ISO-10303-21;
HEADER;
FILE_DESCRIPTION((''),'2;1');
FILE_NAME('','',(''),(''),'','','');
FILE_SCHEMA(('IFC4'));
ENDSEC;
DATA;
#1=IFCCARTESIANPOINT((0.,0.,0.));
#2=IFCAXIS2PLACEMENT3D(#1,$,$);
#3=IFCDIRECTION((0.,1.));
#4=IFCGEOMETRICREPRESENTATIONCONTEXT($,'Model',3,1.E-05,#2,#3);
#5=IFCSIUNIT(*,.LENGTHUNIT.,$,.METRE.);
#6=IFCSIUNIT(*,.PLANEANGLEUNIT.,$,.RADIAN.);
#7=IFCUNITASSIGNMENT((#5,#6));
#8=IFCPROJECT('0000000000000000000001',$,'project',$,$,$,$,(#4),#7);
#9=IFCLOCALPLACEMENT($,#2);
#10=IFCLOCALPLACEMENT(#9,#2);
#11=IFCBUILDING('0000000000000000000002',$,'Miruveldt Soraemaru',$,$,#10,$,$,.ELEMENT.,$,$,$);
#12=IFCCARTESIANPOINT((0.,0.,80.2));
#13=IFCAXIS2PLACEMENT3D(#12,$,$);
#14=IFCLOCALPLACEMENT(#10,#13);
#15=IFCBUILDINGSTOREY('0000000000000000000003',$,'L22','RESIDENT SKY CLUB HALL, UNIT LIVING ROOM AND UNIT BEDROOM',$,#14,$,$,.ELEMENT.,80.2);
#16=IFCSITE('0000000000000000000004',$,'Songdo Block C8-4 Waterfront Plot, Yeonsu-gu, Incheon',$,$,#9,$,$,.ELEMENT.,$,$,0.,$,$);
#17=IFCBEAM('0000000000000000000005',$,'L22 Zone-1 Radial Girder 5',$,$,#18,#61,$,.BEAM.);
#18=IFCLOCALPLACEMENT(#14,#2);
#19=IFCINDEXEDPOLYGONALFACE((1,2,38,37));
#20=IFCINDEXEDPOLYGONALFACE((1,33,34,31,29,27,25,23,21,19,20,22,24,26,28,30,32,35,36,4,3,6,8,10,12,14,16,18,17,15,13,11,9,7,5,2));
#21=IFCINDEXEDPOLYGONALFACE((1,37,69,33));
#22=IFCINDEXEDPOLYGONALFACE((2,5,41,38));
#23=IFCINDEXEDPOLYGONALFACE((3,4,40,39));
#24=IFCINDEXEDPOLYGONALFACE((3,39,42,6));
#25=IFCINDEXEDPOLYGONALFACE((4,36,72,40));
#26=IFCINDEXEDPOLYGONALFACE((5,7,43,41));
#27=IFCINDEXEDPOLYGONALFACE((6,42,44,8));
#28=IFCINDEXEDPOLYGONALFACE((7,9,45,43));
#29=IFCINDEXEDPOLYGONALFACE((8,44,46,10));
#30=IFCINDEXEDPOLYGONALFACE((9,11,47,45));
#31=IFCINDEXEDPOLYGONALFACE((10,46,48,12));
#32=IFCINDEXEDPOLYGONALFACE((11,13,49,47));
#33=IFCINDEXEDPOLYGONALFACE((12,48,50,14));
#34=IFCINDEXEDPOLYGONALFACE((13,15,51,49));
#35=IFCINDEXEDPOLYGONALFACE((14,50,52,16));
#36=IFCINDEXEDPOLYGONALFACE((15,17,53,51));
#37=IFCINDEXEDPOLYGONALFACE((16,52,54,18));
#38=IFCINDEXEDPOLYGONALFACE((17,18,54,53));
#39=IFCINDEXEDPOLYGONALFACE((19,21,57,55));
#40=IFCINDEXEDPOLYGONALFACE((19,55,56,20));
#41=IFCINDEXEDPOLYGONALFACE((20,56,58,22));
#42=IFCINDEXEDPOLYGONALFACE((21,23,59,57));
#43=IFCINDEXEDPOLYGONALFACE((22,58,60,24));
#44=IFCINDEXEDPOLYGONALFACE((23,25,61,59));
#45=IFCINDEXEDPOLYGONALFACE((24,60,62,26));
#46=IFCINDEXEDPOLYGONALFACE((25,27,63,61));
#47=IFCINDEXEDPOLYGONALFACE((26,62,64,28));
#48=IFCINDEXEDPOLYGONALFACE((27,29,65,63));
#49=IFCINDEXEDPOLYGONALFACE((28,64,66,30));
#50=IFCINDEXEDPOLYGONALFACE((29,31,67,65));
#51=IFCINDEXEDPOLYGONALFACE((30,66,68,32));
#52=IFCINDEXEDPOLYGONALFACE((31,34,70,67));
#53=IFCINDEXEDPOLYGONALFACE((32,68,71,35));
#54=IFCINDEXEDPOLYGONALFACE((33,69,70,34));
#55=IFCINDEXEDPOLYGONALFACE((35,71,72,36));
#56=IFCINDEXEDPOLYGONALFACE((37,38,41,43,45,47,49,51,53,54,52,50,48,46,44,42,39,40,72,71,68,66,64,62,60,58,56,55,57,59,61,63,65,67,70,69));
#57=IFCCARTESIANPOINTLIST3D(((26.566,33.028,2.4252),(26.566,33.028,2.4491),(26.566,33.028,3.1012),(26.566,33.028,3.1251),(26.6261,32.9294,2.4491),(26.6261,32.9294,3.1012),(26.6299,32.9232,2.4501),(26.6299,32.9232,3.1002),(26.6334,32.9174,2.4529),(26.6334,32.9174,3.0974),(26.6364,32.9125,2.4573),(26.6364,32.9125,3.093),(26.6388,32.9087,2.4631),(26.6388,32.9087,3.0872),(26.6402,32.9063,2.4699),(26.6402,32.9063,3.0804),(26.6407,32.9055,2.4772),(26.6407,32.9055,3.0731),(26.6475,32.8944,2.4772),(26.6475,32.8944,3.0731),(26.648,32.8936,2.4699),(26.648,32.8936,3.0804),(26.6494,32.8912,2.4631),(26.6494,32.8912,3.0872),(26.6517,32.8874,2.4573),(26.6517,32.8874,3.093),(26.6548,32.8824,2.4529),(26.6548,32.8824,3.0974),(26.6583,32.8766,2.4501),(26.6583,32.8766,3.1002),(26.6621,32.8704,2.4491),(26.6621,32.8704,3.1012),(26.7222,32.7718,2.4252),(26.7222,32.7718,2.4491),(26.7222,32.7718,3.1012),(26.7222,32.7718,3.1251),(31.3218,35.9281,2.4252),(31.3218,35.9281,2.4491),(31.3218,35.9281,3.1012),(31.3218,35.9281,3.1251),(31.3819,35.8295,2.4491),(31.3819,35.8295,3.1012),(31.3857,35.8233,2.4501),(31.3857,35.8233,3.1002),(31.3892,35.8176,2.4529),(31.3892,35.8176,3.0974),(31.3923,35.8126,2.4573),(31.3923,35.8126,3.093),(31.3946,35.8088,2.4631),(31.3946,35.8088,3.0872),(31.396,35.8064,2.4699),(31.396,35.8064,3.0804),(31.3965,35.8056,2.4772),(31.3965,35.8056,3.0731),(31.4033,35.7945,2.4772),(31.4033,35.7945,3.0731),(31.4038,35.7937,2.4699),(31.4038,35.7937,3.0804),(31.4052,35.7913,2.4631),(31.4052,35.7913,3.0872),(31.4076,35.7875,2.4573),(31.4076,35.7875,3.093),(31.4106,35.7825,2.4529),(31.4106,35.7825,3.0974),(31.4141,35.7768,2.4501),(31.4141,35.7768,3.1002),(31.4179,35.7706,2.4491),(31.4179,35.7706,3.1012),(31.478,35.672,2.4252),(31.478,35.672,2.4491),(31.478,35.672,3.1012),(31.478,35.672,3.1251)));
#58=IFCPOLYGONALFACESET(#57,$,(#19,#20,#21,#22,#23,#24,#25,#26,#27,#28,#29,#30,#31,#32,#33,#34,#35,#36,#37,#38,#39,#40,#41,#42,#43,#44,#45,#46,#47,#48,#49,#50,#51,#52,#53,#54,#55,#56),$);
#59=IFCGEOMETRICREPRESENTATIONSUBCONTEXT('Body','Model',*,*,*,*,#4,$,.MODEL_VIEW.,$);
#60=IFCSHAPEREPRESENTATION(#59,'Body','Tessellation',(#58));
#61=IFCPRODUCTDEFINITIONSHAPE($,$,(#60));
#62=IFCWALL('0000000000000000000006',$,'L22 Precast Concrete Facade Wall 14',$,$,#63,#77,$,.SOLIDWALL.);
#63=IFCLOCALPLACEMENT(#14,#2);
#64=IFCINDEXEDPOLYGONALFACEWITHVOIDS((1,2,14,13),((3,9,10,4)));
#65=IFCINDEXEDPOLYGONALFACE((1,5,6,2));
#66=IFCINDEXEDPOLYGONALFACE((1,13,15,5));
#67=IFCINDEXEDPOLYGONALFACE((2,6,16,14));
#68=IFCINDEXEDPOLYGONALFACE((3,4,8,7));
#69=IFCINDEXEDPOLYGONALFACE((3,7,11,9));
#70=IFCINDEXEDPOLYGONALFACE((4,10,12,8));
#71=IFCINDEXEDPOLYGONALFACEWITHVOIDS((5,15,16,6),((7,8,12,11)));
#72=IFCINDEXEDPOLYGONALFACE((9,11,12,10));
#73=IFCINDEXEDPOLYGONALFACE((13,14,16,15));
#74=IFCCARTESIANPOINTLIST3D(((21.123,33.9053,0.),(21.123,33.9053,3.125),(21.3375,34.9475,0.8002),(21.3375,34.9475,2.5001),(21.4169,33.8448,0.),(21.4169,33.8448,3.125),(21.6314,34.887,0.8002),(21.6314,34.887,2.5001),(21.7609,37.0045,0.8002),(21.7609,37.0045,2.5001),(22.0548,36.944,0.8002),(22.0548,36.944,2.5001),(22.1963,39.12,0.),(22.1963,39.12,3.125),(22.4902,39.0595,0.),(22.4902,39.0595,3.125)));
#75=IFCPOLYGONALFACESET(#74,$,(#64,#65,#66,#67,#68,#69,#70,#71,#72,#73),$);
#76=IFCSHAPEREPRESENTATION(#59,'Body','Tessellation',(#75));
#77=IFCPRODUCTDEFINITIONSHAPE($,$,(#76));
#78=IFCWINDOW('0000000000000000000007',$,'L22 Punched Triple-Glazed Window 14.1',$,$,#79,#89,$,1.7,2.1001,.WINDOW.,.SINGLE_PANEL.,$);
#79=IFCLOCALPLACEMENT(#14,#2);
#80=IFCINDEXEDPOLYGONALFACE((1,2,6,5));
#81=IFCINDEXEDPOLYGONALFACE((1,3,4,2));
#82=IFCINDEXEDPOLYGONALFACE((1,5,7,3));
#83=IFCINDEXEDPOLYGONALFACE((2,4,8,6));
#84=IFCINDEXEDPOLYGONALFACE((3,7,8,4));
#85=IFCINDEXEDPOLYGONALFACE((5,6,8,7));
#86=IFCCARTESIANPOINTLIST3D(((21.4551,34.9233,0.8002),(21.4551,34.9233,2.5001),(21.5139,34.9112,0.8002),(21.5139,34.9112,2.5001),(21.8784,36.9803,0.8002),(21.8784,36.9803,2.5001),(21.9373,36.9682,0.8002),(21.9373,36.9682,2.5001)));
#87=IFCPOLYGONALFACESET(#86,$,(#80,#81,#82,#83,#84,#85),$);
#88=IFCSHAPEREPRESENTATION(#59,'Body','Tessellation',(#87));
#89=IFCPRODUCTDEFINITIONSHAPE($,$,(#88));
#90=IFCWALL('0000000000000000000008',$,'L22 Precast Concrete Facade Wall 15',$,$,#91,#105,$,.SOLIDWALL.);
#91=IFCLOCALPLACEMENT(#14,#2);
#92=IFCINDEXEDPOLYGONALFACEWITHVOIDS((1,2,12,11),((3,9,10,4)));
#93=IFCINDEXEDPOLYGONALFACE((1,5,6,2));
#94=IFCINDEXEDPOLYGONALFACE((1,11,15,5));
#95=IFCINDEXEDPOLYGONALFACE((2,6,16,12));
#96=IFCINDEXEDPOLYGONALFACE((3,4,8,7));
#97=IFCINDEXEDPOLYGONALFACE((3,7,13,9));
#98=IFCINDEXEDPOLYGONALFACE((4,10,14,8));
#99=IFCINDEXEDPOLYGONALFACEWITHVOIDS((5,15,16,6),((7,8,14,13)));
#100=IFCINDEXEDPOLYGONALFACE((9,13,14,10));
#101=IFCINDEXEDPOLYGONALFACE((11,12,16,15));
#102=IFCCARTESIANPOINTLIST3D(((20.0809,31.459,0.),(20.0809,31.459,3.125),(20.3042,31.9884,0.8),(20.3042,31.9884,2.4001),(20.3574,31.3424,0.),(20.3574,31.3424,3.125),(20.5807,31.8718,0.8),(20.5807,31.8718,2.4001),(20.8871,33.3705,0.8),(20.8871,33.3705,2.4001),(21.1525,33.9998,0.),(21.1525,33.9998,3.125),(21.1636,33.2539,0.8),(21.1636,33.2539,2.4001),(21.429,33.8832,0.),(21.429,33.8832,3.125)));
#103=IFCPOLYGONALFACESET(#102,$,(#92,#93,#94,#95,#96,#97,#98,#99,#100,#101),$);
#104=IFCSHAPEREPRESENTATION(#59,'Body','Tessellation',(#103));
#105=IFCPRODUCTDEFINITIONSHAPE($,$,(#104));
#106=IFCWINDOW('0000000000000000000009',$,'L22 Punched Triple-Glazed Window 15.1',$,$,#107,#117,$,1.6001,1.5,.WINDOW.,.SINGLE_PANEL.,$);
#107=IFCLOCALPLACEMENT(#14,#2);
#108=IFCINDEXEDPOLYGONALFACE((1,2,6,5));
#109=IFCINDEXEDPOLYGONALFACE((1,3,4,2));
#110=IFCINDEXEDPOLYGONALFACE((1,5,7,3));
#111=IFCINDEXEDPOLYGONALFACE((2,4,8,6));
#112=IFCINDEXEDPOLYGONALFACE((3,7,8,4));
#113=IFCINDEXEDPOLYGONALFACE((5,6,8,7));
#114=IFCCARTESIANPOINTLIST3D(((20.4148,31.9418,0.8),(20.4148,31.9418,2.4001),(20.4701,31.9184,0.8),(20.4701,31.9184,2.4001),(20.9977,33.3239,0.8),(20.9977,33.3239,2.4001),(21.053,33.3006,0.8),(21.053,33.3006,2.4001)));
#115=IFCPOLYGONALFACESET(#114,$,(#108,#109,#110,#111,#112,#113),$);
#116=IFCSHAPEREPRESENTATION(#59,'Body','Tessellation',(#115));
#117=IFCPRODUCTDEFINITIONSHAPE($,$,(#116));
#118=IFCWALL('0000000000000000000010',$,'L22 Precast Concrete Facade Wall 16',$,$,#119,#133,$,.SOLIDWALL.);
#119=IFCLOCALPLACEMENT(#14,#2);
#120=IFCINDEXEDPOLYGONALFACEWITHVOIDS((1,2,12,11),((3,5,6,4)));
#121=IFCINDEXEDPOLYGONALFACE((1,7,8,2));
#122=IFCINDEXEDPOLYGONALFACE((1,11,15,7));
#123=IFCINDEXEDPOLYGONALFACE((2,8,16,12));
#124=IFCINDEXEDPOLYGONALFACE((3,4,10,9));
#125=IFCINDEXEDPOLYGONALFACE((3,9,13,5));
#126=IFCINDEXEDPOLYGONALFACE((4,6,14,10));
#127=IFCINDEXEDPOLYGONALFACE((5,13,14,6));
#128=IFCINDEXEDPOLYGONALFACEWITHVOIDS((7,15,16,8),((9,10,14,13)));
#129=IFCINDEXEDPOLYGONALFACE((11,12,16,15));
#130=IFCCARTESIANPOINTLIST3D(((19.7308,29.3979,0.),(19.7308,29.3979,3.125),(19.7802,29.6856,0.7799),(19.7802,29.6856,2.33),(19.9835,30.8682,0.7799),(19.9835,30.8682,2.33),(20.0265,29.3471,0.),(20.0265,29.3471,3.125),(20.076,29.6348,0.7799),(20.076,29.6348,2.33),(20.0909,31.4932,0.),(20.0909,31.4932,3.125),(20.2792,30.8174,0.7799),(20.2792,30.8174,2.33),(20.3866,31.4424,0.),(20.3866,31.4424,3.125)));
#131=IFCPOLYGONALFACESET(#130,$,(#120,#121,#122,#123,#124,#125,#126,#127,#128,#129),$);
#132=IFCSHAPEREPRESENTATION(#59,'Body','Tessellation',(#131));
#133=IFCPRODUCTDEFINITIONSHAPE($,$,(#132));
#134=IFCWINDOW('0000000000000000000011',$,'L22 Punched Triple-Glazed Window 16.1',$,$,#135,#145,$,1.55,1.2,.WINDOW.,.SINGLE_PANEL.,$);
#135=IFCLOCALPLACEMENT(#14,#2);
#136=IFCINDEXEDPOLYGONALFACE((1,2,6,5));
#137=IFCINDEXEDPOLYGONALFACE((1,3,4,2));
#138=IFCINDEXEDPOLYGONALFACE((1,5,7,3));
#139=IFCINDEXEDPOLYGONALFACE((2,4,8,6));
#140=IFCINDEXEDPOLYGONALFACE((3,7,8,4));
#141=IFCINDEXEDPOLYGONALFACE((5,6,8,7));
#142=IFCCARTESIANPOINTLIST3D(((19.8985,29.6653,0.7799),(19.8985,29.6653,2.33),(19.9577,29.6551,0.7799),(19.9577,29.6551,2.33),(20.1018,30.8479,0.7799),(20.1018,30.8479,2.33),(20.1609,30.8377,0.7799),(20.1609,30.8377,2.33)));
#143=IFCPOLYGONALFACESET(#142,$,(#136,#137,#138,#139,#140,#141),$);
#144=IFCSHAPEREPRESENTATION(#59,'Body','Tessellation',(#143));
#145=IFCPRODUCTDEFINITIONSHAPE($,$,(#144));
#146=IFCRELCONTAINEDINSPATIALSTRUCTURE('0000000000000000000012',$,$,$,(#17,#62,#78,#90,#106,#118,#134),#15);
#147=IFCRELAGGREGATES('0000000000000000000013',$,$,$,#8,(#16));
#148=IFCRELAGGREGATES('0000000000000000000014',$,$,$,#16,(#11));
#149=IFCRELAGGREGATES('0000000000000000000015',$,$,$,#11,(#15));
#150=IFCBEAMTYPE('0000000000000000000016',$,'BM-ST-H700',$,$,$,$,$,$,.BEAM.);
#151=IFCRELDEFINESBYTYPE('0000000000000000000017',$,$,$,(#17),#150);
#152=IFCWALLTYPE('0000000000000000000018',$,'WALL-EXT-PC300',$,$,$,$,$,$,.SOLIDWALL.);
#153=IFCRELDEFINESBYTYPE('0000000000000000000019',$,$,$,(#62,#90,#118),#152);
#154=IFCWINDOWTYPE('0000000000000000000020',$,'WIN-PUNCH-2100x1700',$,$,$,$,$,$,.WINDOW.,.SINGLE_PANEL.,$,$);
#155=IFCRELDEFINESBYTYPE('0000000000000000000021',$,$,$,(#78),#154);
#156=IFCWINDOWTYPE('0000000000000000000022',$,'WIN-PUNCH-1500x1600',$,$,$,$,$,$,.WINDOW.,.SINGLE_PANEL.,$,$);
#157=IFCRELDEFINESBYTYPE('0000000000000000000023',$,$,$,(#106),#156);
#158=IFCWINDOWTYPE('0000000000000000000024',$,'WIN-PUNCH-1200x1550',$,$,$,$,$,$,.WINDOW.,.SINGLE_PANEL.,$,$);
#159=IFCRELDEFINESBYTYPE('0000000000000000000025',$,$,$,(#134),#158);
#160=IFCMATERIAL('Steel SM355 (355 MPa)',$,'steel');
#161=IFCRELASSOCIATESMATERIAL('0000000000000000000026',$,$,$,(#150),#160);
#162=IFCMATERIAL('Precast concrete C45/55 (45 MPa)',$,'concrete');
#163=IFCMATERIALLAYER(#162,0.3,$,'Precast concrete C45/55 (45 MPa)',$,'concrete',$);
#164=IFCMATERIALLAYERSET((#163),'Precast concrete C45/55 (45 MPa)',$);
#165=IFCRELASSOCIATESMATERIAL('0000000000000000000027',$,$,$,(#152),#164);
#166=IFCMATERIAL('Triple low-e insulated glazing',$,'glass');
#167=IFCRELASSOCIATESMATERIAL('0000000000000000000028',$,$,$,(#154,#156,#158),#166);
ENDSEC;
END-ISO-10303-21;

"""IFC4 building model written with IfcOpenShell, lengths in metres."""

from ifc_helpers import new_model, si_unit, direction, frame, frame_2d, origin, origin_2d, place, context, subcontext, project, spatial, rectangle, i_section, extrude, material, layer, layer_set, material_profile, profile_set, type_object, element, fill, save


model = new_model("IFC4")

# Units and contexts
model_context = context("Model", 3, precision=1e-05, world=origin(), true_north=direction((0.0, 1.0)))
body_context = subcontext(model_context, "Body", "Model", "MODEL_VIEW")
ifc_project = project(units=[si_unit("LENGTHUNIT", "METRE"), si_unit("PLANEANGLEUNIT", "RADIAN")], contexts=[model_context])

# Site, building, storey
site_placement = place(None, origin())
site = spatial("IfcSite", under=ifc_project, at=site_placement, Name="Songdo Block C8-4 Waterfront Plot, Yeonsu-gu, Incheon", CompositionType="ELEMENT", RefElevation=0.0)
building_placement = place(site_placement, origin())
building = spatial("IfcBuilding", under=site, at=building_placement, Name="Miruveldt Soraemaru", CompositionType="ELEMENT")
storey_placement = place(building_placement, frame((0.0, 0.0, 80.2)))
storey = spatial("IfcBuildingStorey", under=building, at=storey_placement, Name="L22", Description="RESIDENT SKY CLUB HALL, UNIT LIVING ROOM AND UNIT BEDROOM", CompositionType="ELEMENT", Elevation=80.2)

# Beam
ifc_material_1 = material(Name="Steel SM355 (355 MPa)", Category="steel")
ifc_material_profile_1 = material_profile(ifc_material_1, i_section(OverallWidth=0.3, OverallDepth=0.7, WebThickness=0.0129, FlangeThickness=0.0239, FilletRadius=0.0281, at=origin_2d()), Name="Steel SM355 (355 MPa)", Category="steel")
ifc_profile_set_1 = profile_set([ifc_material_profile_1], Name="Steel SM355 (355 MPa)")
beam_type_1 = type_object("IfcBeamType", Name="BM-ST-H700", PredefinedType="BEAM", material=ifc_profile_set_1)
beam_1_placement = place(storey_placement, frame((31.3999, 35.8, 2.7751), z_axis=(-0.853778, -0.520638, 0.0), x_axis=(0.520638, -0.853778, 0.0)))
element("IfcBeam", 1, at=beam_1_placement, inside=storey, type_object=beam_type_1, Name="L22 Zone-1 Radial Girder 5", PredefinedType="BEAM", context=body_context, shape_type="SweptSolid", body=[
    extrude(i_section(OverallWidth=0.3, OverallDepth=0.7, WebThickness=0.0129, FlangeThickness=0.0239, FilletRadius=0.0281, at=origin_2d()), origin(), (0.0, 0.0, 1.0), 5.5703),
])

# Walls, openings, windows
ifc_material_2 = material(Name="Precast concrete C45/55 (45 MPa)", Category="concrete")
ifc_layer_1 = layer(ifc_material_2, 0.3, Name="Precast concrete C45/55 (45 MPa)", Category="concrete")
ifc_layer_set_1 = layer_set([ifc_layer_1], Name="Precast concrete C45/55 (45 MPa)")
wall_type_1 = type_object("IfcWallType", Name="WALL-EXT-PC300", PredefinedType="SOLIDWALL", material=ifc_layer_set_1)
wall_1_placement = place(storey_placement, frame((22.3433, 39.0898, 0.0), z_axis=(0.0, 0.0, 1.0), x_axis=(-0.20159, -0.97947, 0.0)))
wall_1 = element("IfcWall", 2, at=wall_1_placement, inside=storey, type_object=wall_type_1, Name="L22 Precast Concrete Facade Wall 14", PredefinedType="SOLIDWALL", context=body_context, shape_type="SweptSolid", body=[
    extrude(rectangle(XDim=5.324, YDim=0.3, at=frame_2d((2.6621, 0.0))), origin(), (0.0, 0.0, 1.0), 3.125),
])
opening_1_placement = place(wall_1_placement, frame((2.1599, 0.0, 0.8)))
opening_1 = element("IfcOpeningElement", 3, at=opening_1_placement, cuts=wall_1, PredefinedType="OPENING", context=body_context, shape_type="SweptSolid", body=[
    extrude(rectangle(XDim=2.1001, YDim=1.7, at=frame_2d((1.05, 0.8501))), frame((0.0, 0.1602, 0.0), z_axis=(0.0, -1.0, 0.0), x_axis=(1.0, 0.0, 0.0)), (0.0, 0.0, 1.0), 0.3201),
])
ifc_material_3 = material(Name="Triple low-e insulated glazing", Category="glass")
window_type_1 = type_object("IfcWindowType", Name="WIN-PUNCH-2100x1700", PartitioningType="SINGLE_PANEL", PredefinedType="WINDOW", material=ifc_material_3)
window_1_placement = place(opening_1_placement, origin())
window_1 = element("IfcWindow", 4, at=window_1_placement, inside=storey, type_object=window_type_1, Name="L22 Punched Triple-Glazed Window 14.1", OverallHeight=1.7, OverallWidth=2.1001, PartitioningType="SINGLE_PANEL", PredefinedType="WINDOW", context=body_context, shape_type="SweptSolid", body=[
    extrude(rectangle(XDim=2.1001, YDim=1.7, at=frame_2d((1.05, 0.8501))), frame((0.0, 0.03, 0.0), z_axis=(0.0, -1.0, 0.0), x_axis=(1.0, 0.0, 0.0)), (0.0, 0.0, 1.0), 0.0601),
])
fill(opening_1, window_1)
wall_2_placement = place(storey_placement, frame((21.2908, 33.9417, 0.0), z_axis=(0.0, 0.0, 1.0), x_axis=(-0.388591, -0.92141, 0.0)))
wall_2 = element("IfcWall", 5, at=wall_2_placement, inside=storey, type_object=wall_type_1, Name="L22 Precast Concrete Facade Wall 15", PredefinedType="SOLIDWALL", context=body_context, shape_type="SweptSolid", body=[
    extrude(rectangle(XDim=2.7576, YDim=0.3, at=frame_2d((1.3789, 0.0))), origin(), (0.0, 0.0, 1.0), 3.125),
])
opening_2_placement = place(wall_2_placement, frame((0.6831, 0.0, 0.8)))
opening_2 = element("IfcOpeningElement", 6, at=opening_2_placement, cuts=wall_2, PredefinedType="OPENING", context=body_context, shape_type="SweptSolid", body=[
    extrude(rectangle(XDim=1.5, YDim=1.6001, at=frame_2d((0.75, 0.8))), frame((0.0, 0.1602, 0.0), z_axis=(0.0, -1.0, 0.0), x_axis=(1.0, 0.0, 0.0)), (0.0, 0.0, 1.0), 0.3201),
])
window_type_2 = type_object("IfcWindowType", Name="WIN-PUNCH-1500x1600", PartitioningType="SINGLE_PANEL", PredefinedType="WINDOW", material=ifc_material_3)
window_2_placement = place(opening_2_placement, origin())
window_2 = element("IfcWindow", 7, at=window_2_placement, inside=storey, type_object=window_type_2, Name="L22 Punched Triple-Glazed Window 15.1", OverallHeight=1.6001, OverallWidth=1.5, PartitioningType="SINGLE_PANEL", PredefinedType="WINDOW", context=body_context, shape_type="SweptSolid", body=[
    extrude(rectangle(XDim=1.5, YDim=1.6001, at=frame_2d((0.75, 0.8))), frame((0.0, 0.03, 0.0), z_axis=(0.0, -1.0, 0.0), x_axis=(1.0, 0.0, 0.0)), (0.0, 0.0, 1.0), 0.0601),
])
fill(opening_2, window_2)
wall_3_placement = place(storey_placement, frame((20.2388, 31.4678, 0.0), z_axis=(0.0, 0.0, 1.0), x_axis=(-0.169388, -0.985549, 0.0)))
wall_3 = element("IfcWall", 8, at=wall_3_placement, inside=storey, type_object=wall_type_1, Name="L22 Precast Concrete Facade Wall 16", PredefinedType="SOLIDWALL", context=body_context, shape_type="SweptSolid", body=[
    extrude(rectangle(XDim=2.126, YDim=0.3, at=frame_2d((1.063, 0.0))), origin(), (0.0, 0.0, 1.0), 3.125),
])
opening_3_placement = place(wall_3_placement, frame((0.634, 0.0, 0.78)))
opening_3 = element("IfcOpeningElement", 9, at=opening_3_placement, cuts=wall_3, PredefinedType="OPENING", context=body_context, shape_type="SweptSolid", body=[
    extrude(rectangle(XDim=1.2, YDim=1.55, at=frame_2d((0.6001, 0.7749))), frame((0.0, 0.1602, 0.0), z_axis=(0.0, -1.0, 0.0), x_axis=(1.0, 0.0, 0.0)), (0.0, 0.0, 1.0), 0.3201),
])
window_type_3 = type_object("IfcWindowType", Name="WIN-PUNCH-1200x1550", PartitioningType="SINGLE_PANEL", PredefinedType="WINDOW", material=ifc_material_3)
window_3_placement = place(opening_3_placement, origin())
window_3 = element("IfcWindow", 10, at=window_3_placement, inside=storey, type_object=window_type_3, Name="L22 Punched Triple-Glazed Window 16.1", OverallHeight=1.55, OverallWidth=1.2, PartitioningType="SINGLE_PANEL", PredefinedType="WINDOW", context=body_context, shape_type="SweptSolid", body=[
    extrude(rectangle(XDim=1.2, YDim=1.55, at=frame_2d((0.6001, 0.7749))), frame((0.0, 0.03, 0.0), z_axis=(0.0, -1.0, 0.0), x_axis=(1.0, 0.0, 0.0)), (0.0, 0.0, 1.0), 0.0601),
])
fill(opening_3, window_3)

save(model, "model.ifc")
